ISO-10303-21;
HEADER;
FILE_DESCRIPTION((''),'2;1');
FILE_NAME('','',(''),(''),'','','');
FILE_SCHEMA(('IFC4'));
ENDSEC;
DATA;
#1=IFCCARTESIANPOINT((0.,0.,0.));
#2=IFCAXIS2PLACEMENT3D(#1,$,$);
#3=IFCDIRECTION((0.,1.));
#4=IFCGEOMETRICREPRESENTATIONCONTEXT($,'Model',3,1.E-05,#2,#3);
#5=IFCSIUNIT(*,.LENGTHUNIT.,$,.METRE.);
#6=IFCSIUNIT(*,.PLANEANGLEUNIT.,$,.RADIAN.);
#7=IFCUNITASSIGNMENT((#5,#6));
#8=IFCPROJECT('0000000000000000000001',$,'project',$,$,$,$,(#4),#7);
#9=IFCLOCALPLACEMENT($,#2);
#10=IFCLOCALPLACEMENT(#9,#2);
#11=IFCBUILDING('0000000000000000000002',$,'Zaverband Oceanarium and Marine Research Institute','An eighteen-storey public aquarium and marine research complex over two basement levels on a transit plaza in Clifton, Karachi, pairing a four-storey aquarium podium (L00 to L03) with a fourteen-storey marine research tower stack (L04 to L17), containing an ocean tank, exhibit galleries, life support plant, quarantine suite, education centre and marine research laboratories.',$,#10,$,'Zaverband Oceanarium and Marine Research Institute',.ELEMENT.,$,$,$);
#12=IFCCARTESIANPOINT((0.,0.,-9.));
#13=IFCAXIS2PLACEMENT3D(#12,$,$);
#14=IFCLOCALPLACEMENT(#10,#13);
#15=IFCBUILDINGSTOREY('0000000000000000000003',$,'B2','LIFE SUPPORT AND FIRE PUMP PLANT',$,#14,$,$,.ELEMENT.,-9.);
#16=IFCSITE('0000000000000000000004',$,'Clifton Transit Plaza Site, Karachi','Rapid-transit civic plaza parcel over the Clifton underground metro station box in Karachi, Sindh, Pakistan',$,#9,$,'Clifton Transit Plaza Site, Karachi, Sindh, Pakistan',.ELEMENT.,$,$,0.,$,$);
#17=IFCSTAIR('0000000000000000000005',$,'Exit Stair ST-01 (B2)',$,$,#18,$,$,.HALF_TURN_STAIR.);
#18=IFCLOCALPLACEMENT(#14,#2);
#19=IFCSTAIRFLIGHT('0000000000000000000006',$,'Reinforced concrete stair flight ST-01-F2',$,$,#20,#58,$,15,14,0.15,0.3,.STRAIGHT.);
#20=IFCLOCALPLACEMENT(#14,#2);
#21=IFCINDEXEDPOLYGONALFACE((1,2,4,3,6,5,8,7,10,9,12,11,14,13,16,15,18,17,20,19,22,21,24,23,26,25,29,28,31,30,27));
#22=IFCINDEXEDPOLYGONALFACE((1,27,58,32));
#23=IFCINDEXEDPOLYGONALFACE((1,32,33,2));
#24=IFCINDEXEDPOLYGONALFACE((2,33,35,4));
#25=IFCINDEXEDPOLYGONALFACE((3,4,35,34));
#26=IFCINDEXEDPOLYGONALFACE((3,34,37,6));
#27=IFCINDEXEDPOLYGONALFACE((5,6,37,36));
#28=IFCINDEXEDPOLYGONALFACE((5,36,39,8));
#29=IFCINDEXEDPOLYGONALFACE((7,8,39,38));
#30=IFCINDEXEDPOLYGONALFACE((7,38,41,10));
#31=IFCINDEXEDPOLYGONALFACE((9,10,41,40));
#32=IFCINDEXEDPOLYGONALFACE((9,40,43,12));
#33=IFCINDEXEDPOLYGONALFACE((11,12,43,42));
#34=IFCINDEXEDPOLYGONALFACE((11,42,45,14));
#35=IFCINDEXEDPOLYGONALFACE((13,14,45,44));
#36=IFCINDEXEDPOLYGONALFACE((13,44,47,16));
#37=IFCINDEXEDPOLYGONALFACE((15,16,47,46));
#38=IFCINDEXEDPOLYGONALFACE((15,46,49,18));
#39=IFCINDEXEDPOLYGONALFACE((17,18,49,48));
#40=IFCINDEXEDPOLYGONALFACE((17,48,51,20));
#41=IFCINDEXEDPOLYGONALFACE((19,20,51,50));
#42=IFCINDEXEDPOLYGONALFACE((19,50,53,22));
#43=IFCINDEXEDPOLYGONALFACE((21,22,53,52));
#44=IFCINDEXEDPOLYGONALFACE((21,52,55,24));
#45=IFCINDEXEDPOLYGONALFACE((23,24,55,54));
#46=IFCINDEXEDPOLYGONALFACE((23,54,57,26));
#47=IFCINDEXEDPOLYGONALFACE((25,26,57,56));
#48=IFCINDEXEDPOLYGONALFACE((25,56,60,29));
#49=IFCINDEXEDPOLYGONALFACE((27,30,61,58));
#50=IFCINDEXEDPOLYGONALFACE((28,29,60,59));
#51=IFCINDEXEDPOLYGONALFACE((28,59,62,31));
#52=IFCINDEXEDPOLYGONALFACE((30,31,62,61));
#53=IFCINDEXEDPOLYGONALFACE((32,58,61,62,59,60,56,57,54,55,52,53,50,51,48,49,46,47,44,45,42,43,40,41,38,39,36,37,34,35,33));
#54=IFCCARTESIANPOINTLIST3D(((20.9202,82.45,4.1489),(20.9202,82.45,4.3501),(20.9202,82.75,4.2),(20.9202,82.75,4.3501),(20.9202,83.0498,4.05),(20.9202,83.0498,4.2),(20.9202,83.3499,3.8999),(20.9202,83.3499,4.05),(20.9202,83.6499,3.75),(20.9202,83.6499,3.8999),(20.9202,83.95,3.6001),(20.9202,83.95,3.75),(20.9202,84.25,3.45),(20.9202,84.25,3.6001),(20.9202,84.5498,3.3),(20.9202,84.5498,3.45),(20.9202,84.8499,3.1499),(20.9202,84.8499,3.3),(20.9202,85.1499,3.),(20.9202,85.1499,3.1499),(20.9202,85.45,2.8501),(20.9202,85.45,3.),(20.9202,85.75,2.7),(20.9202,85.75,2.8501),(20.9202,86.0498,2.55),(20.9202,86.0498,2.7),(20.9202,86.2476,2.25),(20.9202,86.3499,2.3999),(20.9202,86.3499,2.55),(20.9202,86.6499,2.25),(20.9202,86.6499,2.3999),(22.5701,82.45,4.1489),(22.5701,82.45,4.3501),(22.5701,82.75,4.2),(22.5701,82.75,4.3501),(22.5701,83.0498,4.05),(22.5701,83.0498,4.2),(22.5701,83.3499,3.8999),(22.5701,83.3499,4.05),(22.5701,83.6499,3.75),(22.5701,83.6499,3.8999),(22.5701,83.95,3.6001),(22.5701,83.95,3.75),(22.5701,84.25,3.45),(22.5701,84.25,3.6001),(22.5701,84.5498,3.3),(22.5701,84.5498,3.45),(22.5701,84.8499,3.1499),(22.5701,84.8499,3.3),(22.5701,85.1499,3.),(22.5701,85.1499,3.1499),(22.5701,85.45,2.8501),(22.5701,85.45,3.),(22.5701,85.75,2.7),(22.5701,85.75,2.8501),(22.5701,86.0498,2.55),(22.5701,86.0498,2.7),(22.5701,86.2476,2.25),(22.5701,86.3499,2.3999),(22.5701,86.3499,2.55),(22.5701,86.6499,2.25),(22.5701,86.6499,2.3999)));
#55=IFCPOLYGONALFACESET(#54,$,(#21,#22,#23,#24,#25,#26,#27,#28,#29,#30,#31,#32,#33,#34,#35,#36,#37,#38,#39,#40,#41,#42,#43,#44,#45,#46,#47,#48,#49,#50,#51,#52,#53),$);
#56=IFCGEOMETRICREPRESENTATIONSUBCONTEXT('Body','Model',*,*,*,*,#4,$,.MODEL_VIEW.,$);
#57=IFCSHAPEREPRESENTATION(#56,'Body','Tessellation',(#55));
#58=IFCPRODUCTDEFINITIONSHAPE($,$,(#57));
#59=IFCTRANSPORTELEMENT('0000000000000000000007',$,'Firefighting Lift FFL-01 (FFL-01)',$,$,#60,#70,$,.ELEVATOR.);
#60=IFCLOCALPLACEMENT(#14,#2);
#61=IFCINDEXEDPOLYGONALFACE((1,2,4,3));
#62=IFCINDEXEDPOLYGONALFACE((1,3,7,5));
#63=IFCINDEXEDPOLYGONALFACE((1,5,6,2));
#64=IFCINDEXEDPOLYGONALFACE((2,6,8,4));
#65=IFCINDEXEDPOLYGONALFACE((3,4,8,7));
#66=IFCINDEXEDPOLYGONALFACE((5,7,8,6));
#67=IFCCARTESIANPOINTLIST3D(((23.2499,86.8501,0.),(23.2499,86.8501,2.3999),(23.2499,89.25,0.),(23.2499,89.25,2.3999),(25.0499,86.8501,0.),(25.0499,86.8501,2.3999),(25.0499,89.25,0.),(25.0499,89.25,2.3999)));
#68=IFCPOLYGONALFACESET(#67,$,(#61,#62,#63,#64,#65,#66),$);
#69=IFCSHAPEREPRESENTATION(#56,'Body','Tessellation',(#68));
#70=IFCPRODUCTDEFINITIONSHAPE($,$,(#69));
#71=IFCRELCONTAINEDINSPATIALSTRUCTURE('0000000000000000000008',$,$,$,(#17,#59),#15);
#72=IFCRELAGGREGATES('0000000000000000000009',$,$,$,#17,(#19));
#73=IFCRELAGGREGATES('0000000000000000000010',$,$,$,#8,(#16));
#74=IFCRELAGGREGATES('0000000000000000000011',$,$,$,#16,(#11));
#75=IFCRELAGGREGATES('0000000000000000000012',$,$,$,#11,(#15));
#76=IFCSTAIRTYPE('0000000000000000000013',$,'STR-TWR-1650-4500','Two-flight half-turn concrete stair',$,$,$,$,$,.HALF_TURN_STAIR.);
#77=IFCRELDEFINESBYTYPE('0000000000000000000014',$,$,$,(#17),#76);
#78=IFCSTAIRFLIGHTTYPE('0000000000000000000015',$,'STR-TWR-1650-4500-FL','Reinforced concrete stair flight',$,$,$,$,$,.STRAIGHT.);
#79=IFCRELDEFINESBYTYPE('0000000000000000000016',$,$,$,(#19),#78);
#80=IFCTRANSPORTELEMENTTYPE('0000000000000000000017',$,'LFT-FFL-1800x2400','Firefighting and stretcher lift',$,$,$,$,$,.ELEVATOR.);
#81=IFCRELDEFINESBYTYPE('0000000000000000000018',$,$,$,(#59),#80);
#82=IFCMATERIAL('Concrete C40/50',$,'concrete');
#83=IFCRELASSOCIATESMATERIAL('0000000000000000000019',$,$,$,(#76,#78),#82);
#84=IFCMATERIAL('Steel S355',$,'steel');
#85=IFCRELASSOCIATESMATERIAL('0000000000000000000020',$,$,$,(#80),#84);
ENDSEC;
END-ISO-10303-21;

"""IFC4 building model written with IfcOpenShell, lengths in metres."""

from ifc_helpers import new_model, si_unit, direction, frame, origin, origin_2d, place, context, subcontext, project, spatial, polyline, rectangle, outline, extrude, material, type_object, element, aggregate, save


model = new_model("IFC4")

# Units and contexts
model_context = context("Model", 3, precision=1e-05, world=origin(), true_north=direction((0.0, 1.0)))
body_context = subcontext(model_context, "Body", "Model", "MODEL_VIEW")
ifc_project = project(units=[si_unit("LENGTHUNIT", "METRE"), si_unit("PLANEANGLEUNIT", "RADIAN")], contexts=[model_context])

# Site, building, storey
site_placement = place(None, origin())
site = spatial("IfcSite", under=ifc_project, at=site_placement, Name="Clifton Transit Plaza Site, Karachi", Description="Rapid-transit civic plaza parcel over the Clifton underground metro station box in Karachi, Sindh, Pakistan", LongName="Clifton Transit Plaza Site, Karachi, Sindh, Pakistan", CompositionType="ELEMENT", RefElevation=0.0)
building_placement = place(site_placement, origin())
building = spatial("IfcBuilding", under=site, at=building_placement, Name="Zaverband Oceanarium and Marine Research Institute", Description="An eighteen-storey public aquarium and marine research complex over two basement levels on a transit plaza in Clifton, Karachi, pairing a four-storey aquarium podium (L00 to L03) with a fourteen-storey marine research tower stack (L04 to L17), containing an ocean tank, exhibit galleries, life support plant, quarantine suite, education centre and marine research laboratories.", LongName="Zaverband Oceanarium and Marine Research Institute", CompositionType="ELEMENT")
storey_placement = place(building_placement, frame((0.0, 0.0, -9.0)))
storey = spatial("IfcBuildingStorey", under=building, at=storey_placement, Name="B2", Description="LIFE SUPPORT AND FIRE PUMP PLANT", CompositionType="ELEMENT", Elevation=-9.0)

# Shared definitions
ifc_material_1 = material(Name="Concrete C40/50", Category="concrete")

# Shared definitions
ifc_material_2 = material(Name="Steel S355", Category="steel")

# Stair, stair flight
stair_type = type_object("IfcStairType", Name="STR-TWR-1650-4500", Description="Two-flight half-turn concrete stair", PredefinedType="HALF_TURN_STAIR", material=ifc_material_1)
stair_placement = place(storey_placement, origin())
stair = element("IfcStair", 1, at=stair_placement, inside=storey, type_object=stair_type, Name="Exit Stair ST-01 (B2)", PredefinedType="HALF_TURN_STAIR")
stair_flight_type = type_object("IfcStairFlightType", Name="STR-TWR-1650-4500-FL", Description="Reinforced concrete stair flight", PredefinedType="STRAIGHT", material=ifc_material_1)
stair_flight_1_placement = place(storey_placement, frame((21.7451, 86.6499, 2.25), z_axis=(0.0, 0.0, 1.0), x_axis=(0.0, -1.0, 0.0)))
stair_flight_1 = element("IfcStairFlight", 2, at=stair_flight_1_placement, type_object=stair_flight_type, Name="Reinforced concrete stair flight ST-01-F2", NumberOfRisers=15, NumberOfTreads=14, PredefinedType="STRAIGHT", RiserHeight=0.15, TreadLength=0.3, context=body_context, shape_type="SweptSolid", body=[
    extrude(outline(polyline([(0.0, 0.0), (0.0, 0.1499), (0.3, 0.1499), (0.3, 0.3), (0.6001, 0.3), (0.6001, 0.45), (0.8999, 0.45), (0.8999, 0.6001), (1.2, 0.6001), (1.2, 0.75), (1.5, 0.75), (1.5, 0.8999), (1.8, 0.8999), (1.8, 1.05), (2.1001, 1.05), (2.1001, 1.2), (2.3999, 1.2), (2.3999, 1.3501), (2.7, 1.3501), (2.7, 1.5), (3.0, 1.5), (3.0, 1.6499), (3.3, 1.6499), (3.3, 1.8), (3.6001, 1.8), (3.6001, 1.95), (3.8999, 1.95), (3.8999, 2.1001), (4.2, 2.1001), (4.2, 2.25), (4.2, 1.8989), (0.4023, 0.0), (0.0, 0.0)])), frame((0.0, 0.825, 0.0), z_axis=(0.0, -1.0, 0.0), x_axis=(1.0, 0.0, 0.0)), (0.0, 0.0, 1.0), 1.6499),
])
aggregate(stair, [stair_flight_1])

# Transport element
transport_element_type = type_object("IfcTransportElementType", Name="LFT-FFL-1800x2400", Description="Firefighting and stretcher lift", PredefinedType="ELEVATOR", material=ifc_material_2)
transport_element_placement = place(storey_placement, frame((24.1499, 88.05, 0.0), z_axis=(0.0, 0.0, 1.0), x_axis=(1.0, 0.0, 0.0)))
element("IfcTransportElement", 3, at=transport_element_placement, inside=storey, type_object=transport_element_type, Name="Firefighting Lift FFL-01 (FFL-01)", PredefinedType="ELEVATOR", context=body_context, shape_type="SweptSolid", body=[
    extrude(rectangle(XDim=1.8, YDim=2.3999, at=origin_2d()), origin(), (0.0, 0.0, 1.0), 2.3999),
])

save(model, "model.ifc")
